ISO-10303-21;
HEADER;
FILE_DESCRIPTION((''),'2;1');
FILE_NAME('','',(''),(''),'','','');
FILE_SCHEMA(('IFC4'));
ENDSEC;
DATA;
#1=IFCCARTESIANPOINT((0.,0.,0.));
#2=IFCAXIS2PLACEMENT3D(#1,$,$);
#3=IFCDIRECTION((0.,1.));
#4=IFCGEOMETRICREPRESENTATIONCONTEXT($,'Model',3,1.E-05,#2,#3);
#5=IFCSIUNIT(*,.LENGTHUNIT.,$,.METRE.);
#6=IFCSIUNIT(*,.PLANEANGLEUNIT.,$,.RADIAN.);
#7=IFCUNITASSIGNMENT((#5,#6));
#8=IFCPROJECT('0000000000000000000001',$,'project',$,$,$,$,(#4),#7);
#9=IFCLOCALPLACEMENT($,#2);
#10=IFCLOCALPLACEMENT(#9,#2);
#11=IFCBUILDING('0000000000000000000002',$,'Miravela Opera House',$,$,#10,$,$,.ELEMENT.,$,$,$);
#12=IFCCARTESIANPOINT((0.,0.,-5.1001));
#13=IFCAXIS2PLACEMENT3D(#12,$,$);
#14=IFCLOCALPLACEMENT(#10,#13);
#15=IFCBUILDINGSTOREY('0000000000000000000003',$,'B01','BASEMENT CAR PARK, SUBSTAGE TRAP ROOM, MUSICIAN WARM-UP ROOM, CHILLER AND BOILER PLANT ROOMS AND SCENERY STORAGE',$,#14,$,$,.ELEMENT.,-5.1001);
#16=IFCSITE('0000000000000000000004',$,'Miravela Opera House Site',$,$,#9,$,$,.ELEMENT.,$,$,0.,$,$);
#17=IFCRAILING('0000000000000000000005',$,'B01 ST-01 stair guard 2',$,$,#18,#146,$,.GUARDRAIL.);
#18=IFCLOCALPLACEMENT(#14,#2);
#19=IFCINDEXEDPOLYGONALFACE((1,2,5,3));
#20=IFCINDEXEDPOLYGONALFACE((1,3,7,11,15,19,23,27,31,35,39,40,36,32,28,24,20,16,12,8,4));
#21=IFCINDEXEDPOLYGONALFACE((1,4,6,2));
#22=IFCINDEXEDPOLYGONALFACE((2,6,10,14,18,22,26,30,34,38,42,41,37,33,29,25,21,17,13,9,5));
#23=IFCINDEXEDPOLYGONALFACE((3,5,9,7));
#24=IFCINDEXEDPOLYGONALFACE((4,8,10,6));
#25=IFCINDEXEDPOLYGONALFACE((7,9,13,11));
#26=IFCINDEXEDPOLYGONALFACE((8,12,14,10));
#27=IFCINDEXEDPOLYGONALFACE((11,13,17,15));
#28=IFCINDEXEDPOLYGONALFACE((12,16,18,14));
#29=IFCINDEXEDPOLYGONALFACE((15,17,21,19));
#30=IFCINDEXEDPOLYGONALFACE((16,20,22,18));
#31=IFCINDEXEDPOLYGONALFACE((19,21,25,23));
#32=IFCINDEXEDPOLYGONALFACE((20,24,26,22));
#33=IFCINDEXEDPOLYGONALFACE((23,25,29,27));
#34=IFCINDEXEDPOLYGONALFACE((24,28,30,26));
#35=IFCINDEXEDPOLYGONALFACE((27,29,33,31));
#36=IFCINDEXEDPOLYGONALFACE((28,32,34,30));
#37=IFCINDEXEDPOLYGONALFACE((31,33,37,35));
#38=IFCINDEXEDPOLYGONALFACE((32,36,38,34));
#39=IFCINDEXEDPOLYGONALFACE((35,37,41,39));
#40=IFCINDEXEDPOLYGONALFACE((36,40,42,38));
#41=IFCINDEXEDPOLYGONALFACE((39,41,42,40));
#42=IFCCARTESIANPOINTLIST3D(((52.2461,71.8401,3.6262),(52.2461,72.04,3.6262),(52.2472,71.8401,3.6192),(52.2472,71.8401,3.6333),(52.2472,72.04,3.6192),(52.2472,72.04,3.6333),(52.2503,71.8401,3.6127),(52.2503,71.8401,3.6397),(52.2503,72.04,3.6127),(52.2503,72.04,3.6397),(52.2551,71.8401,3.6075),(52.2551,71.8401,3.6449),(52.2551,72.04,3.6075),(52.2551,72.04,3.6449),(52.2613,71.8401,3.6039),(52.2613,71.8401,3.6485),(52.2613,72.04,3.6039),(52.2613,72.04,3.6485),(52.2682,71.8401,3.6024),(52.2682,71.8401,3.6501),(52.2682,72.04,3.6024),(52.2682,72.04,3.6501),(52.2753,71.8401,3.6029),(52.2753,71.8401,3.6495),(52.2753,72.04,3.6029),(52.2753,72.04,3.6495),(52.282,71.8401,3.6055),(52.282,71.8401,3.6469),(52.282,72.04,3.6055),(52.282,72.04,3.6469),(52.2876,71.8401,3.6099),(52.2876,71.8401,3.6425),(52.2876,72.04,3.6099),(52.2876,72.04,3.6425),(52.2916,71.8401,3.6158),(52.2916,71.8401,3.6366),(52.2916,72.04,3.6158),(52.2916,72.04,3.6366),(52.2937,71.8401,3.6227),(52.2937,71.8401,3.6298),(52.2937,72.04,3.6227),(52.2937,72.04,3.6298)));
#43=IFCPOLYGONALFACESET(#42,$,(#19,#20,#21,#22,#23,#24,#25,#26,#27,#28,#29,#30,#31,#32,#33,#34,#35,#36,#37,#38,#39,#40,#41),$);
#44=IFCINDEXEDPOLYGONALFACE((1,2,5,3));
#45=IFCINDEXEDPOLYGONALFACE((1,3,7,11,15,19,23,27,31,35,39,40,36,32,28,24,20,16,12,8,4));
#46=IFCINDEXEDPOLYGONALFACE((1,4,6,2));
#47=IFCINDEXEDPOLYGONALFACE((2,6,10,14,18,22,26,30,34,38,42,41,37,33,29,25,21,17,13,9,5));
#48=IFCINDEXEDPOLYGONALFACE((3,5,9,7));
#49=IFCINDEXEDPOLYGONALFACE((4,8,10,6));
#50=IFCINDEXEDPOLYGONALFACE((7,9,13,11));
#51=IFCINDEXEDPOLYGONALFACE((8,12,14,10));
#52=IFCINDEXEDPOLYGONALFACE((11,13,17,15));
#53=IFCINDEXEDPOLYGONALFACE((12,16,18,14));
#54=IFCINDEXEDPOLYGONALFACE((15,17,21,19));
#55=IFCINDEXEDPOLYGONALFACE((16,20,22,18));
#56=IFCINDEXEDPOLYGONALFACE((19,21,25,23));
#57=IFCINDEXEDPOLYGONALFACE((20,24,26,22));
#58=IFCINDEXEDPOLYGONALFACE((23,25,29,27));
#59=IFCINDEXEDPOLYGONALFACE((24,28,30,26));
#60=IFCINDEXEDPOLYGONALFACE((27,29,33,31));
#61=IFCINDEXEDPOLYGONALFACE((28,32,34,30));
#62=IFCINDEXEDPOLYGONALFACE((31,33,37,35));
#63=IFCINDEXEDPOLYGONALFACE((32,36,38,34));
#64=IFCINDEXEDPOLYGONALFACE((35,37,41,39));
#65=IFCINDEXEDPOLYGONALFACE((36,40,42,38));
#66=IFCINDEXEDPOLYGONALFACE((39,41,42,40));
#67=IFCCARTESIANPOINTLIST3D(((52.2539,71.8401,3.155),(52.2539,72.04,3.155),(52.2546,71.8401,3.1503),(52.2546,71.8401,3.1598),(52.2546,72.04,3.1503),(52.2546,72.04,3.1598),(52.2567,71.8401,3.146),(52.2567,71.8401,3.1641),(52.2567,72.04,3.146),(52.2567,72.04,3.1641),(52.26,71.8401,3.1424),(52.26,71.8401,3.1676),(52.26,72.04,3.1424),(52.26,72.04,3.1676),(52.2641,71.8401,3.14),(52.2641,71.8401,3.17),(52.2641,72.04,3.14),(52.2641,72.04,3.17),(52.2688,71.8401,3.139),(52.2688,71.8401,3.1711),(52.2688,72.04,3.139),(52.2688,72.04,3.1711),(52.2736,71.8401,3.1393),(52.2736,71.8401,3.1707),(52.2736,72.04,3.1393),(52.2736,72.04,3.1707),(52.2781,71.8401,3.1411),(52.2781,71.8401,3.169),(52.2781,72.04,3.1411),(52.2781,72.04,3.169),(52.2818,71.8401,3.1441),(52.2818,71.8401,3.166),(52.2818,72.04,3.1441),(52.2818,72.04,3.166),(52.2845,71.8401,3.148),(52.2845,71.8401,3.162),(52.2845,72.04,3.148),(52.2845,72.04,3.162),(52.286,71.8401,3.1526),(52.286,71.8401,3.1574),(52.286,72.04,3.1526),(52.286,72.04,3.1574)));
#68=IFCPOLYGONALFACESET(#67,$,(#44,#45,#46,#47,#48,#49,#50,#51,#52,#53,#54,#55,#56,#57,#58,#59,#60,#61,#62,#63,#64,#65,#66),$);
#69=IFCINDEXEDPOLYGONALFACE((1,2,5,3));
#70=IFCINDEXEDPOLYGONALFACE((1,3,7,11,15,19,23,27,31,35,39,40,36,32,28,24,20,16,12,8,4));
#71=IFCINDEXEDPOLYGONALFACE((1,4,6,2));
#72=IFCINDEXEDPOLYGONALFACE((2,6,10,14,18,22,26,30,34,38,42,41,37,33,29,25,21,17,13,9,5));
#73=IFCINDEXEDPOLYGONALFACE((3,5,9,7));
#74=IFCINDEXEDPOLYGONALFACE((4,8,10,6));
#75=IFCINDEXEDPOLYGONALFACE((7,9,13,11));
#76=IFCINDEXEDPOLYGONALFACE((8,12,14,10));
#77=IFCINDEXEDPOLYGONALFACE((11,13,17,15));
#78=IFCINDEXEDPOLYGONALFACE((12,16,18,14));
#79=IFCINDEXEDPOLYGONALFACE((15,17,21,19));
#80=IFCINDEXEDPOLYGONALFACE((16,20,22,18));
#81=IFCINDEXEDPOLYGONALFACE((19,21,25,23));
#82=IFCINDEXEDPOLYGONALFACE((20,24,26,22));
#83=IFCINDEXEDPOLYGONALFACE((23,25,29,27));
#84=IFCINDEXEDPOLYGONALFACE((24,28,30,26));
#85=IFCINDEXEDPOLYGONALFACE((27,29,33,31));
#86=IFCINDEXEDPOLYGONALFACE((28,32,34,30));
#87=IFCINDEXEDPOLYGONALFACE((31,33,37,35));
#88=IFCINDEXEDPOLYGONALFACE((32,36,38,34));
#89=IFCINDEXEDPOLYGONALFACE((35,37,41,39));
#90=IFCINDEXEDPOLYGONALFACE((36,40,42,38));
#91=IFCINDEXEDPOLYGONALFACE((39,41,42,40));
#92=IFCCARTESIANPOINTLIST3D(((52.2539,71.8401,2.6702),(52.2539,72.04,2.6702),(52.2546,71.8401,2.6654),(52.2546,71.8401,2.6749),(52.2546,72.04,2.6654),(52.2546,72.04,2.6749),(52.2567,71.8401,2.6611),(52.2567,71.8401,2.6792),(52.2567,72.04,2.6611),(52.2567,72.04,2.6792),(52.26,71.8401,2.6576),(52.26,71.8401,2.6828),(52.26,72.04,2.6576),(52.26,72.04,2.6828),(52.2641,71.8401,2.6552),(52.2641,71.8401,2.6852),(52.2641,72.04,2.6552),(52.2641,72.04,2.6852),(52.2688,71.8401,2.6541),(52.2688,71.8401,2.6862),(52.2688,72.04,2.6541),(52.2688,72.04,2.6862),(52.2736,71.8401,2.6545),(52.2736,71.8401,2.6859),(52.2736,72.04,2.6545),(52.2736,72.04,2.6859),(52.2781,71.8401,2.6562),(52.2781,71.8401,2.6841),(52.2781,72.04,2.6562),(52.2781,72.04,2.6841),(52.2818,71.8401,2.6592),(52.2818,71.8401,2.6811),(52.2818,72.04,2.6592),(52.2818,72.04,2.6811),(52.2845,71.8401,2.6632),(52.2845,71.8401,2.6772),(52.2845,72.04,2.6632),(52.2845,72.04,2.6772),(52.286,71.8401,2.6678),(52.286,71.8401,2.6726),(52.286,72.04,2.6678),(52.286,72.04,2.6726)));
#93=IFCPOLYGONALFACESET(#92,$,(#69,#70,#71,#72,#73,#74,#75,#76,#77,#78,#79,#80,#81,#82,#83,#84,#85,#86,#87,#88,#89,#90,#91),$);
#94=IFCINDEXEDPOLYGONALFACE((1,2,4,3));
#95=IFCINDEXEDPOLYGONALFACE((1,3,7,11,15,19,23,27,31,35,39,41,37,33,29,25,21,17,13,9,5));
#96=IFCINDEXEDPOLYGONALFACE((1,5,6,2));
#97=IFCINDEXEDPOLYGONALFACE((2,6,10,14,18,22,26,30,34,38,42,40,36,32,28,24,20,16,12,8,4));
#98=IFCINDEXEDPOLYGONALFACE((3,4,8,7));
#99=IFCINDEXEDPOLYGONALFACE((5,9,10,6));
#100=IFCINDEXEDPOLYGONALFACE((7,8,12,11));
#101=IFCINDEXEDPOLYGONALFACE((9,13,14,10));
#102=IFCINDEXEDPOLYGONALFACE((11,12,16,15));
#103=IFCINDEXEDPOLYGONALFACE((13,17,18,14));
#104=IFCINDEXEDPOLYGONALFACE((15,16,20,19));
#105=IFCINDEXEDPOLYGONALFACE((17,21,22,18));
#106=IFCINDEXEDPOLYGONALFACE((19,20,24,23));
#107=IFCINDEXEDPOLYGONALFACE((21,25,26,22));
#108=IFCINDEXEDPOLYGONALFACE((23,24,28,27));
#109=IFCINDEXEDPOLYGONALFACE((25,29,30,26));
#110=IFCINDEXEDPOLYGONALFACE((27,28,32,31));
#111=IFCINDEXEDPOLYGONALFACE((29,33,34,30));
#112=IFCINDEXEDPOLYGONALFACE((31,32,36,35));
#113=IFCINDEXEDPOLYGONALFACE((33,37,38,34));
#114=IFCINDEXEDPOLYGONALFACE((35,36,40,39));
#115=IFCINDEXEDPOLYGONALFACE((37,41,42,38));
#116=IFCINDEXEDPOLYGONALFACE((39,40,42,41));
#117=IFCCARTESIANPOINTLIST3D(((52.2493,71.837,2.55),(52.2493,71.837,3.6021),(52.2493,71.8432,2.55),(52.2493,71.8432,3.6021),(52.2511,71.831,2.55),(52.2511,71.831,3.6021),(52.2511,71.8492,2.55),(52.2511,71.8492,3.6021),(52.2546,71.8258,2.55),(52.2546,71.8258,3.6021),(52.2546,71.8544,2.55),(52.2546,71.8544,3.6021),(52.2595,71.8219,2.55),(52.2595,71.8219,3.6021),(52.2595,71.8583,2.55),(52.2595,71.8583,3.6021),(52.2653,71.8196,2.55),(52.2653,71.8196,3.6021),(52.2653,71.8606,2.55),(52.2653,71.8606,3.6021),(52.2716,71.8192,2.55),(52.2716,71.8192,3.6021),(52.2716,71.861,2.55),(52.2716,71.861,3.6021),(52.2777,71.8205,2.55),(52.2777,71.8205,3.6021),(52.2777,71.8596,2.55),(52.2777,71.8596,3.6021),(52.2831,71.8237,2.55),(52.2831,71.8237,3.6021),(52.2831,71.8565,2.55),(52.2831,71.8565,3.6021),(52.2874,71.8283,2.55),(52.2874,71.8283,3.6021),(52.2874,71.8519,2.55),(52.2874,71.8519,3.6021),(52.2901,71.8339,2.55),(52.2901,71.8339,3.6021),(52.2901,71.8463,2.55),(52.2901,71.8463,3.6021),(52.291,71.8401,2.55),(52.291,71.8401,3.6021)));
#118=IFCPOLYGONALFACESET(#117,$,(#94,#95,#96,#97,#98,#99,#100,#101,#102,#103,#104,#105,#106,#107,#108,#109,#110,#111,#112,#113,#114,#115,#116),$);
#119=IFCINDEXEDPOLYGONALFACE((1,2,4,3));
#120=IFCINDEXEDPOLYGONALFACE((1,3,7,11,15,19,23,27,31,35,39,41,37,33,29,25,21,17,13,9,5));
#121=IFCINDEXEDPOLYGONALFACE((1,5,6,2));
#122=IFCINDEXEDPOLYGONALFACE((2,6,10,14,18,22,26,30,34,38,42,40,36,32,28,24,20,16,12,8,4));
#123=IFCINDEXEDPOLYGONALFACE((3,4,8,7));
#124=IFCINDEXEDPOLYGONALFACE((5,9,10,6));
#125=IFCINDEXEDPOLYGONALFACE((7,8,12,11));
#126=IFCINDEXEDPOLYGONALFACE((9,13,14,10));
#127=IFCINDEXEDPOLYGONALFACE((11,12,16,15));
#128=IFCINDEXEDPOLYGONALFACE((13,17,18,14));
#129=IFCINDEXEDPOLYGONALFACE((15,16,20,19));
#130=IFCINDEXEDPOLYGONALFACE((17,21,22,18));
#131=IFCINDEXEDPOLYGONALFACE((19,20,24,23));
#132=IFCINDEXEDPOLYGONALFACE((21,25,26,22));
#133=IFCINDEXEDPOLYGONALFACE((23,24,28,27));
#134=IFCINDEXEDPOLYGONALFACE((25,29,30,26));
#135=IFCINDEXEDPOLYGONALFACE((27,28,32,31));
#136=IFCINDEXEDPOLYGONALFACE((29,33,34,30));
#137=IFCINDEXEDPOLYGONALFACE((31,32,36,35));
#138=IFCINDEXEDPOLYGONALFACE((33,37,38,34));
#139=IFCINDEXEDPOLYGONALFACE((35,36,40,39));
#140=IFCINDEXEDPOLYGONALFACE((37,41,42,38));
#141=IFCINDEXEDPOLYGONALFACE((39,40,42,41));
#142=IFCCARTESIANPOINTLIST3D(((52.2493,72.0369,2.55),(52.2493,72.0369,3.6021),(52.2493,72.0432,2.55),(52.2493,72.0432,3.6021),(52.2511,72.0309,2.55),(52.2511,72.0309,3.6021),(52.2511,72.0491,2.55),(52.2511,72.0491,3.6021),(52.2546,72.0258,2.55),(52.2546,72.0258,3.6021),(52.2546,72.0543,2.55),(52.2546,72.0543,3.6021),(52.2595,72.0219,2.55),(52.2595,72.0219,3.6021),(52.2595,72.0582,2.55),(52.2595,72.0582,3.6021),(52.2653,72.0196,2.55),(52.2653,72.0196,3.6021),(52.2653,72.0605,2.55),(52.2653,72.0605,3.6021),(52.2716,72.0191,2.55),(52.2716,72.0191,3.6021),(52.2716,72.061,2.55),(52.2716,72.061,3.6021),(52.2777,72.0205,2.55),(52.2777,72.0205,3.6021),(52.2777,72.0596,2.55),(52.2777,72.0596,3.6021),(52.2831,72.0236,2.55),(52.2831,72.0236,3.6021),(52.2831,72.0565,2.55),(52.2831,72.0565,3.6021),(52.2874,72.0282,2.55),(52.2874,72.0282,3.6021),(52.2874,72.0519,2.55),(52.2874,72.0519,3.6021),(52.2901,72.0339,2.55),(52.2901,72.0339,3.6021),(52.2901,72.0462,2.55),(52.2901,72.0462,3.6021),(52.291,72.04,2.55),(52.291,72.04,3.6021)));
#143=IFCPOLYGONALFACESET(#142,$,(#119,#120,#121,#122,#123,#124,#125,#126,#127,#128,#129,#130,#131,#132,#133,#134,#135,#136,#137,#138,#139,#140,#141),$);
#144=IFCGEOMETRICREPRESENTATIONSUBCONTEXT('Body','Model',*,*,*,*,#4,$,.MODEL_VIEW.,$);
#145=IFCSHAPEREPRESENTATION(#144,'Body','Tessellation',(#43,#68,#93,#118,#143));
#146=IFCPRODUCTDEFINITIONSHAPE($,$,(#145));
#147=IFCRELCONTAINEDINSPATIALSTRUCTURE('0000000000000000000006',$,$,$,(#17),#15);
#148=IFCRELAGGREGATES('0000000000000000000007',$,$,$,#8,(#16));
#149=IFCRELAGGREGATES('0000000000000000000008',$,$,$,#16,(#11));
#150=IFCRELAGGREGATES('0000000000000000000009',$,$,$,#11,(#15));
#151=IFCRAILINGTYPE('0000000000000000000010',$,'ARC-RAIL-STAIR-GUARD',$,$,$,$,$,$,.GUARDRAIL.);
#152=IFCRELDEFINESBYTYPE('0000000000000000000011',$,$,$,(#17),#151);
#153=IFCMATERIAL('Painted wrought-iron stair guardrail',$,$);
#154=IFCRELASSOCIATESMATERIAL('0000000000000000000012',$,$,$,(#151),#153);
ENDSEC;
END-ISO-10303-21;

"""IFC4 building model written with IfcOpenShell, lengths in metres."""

from ifc_helpers import new_model, si_unit, direction, frame, origin, origin_2d, place, context, subcontext, project, spatial, circle, extrude, material, type_object, element, save


model = new_model("IFC4")

# Units and contexts
model_context = context("Model", 3, precision=1e-05, world=origin(), true_north=direction((0.0, 1.0)))
body_context = subcontext(model_context, "Body", "Model", "MODEL_VIEW")
ifc_project = project(units=[si_unit("LENGTHUNIT", "METRE"), si_unit("PLANEANGLEUNIT", "RADIAN")], contexts=[model_context])

# Site, building, storey
site_placement = place(None, origin())
site = spatial("IfcSite", under=ifc_project, at=site_placement, Name="Miravela Opera House Site", CompositionType="ELEMENT", RefElevation=0.0)
building_placement = place(site_placement, origin())
building = spatial("IfcBuilding", under=site, at=building_placement, Name="Miravela Opera House", CompositionType="ELEMENT")
storey_placement = place(building_placement, frame((0.0, 0.0, -5.1001)))
storey = spatial("IfcBuildingStorey", under=building, at=storey_placement, Name="B01", Description="BASEMENT CAR PARK, SUBSTAGE TRAP ROOM, MUSICIAN WARM-UP ROOM, CHILLER AND BOILER PLANT ROOMS AND SCENERY STORAGE", CompositionType="ELEMENT", Elevation=-5.1001)

# Railing
ifc_material_1 = material(Name="Painted wrought-iron stair guardrail")
railing_type_1 = type_object("IfcRailingType", Name="ARC-RAIL-STAIR-GUARD", PredefinedType="GUARDRAIL", material=ifc_material_1)
railing_1_placement = place(storey_placement, frame((52.27, 71.8401, 2.55)))
element("IfcRailing", 1, at=railing_1_placement, inside=storey, type_object=railing_type_1, Name="B01 ST-01 stair guard 2", PredefinedType="GUARDRAIL", context=body_context, shape_type="SweptSolid", body=[
    extrude(circle(Radius=0.0239, at=origin_2d()), frame((0.0, 0.0, 1.0762), z_axis=(0.0, 1.0, 0.0), x_axis=(-1.0, 0.0, 0.0)), (0.0, 0.0, 1.0), 0.2),
    extrude(circle(Radius=0.0161, at=origin_2d()), frame((0.0, 0.0, 0.605), z_axis=(0.0, 1.0, 0.0), x_axis=(-1.0, 0.0, 0.0)), (0.0, 0.0, 1.0), 0.2),
    extrude(circle(Radius=0.0161, at=origin_2d()), frame((0.0, 0.0, 0.1201), z_axis=(0.0, 1.0, 0.0), x_axis=(-1.0, 0.0, 0.0)), (0.0, 0.0, 1.0), 0.2),
    extrude(circle(Radius=0.021, at=origin_2d()), origin(), (0.0, 0.0, 1.0), 1.052),
    extrude(circle(Radius=0.021, at=origin_2d()), frame((0.0, 0.2, 0.0)), (0.0, 0.0, 1.0), 1.052),
])

save(model, "model.ifc")
